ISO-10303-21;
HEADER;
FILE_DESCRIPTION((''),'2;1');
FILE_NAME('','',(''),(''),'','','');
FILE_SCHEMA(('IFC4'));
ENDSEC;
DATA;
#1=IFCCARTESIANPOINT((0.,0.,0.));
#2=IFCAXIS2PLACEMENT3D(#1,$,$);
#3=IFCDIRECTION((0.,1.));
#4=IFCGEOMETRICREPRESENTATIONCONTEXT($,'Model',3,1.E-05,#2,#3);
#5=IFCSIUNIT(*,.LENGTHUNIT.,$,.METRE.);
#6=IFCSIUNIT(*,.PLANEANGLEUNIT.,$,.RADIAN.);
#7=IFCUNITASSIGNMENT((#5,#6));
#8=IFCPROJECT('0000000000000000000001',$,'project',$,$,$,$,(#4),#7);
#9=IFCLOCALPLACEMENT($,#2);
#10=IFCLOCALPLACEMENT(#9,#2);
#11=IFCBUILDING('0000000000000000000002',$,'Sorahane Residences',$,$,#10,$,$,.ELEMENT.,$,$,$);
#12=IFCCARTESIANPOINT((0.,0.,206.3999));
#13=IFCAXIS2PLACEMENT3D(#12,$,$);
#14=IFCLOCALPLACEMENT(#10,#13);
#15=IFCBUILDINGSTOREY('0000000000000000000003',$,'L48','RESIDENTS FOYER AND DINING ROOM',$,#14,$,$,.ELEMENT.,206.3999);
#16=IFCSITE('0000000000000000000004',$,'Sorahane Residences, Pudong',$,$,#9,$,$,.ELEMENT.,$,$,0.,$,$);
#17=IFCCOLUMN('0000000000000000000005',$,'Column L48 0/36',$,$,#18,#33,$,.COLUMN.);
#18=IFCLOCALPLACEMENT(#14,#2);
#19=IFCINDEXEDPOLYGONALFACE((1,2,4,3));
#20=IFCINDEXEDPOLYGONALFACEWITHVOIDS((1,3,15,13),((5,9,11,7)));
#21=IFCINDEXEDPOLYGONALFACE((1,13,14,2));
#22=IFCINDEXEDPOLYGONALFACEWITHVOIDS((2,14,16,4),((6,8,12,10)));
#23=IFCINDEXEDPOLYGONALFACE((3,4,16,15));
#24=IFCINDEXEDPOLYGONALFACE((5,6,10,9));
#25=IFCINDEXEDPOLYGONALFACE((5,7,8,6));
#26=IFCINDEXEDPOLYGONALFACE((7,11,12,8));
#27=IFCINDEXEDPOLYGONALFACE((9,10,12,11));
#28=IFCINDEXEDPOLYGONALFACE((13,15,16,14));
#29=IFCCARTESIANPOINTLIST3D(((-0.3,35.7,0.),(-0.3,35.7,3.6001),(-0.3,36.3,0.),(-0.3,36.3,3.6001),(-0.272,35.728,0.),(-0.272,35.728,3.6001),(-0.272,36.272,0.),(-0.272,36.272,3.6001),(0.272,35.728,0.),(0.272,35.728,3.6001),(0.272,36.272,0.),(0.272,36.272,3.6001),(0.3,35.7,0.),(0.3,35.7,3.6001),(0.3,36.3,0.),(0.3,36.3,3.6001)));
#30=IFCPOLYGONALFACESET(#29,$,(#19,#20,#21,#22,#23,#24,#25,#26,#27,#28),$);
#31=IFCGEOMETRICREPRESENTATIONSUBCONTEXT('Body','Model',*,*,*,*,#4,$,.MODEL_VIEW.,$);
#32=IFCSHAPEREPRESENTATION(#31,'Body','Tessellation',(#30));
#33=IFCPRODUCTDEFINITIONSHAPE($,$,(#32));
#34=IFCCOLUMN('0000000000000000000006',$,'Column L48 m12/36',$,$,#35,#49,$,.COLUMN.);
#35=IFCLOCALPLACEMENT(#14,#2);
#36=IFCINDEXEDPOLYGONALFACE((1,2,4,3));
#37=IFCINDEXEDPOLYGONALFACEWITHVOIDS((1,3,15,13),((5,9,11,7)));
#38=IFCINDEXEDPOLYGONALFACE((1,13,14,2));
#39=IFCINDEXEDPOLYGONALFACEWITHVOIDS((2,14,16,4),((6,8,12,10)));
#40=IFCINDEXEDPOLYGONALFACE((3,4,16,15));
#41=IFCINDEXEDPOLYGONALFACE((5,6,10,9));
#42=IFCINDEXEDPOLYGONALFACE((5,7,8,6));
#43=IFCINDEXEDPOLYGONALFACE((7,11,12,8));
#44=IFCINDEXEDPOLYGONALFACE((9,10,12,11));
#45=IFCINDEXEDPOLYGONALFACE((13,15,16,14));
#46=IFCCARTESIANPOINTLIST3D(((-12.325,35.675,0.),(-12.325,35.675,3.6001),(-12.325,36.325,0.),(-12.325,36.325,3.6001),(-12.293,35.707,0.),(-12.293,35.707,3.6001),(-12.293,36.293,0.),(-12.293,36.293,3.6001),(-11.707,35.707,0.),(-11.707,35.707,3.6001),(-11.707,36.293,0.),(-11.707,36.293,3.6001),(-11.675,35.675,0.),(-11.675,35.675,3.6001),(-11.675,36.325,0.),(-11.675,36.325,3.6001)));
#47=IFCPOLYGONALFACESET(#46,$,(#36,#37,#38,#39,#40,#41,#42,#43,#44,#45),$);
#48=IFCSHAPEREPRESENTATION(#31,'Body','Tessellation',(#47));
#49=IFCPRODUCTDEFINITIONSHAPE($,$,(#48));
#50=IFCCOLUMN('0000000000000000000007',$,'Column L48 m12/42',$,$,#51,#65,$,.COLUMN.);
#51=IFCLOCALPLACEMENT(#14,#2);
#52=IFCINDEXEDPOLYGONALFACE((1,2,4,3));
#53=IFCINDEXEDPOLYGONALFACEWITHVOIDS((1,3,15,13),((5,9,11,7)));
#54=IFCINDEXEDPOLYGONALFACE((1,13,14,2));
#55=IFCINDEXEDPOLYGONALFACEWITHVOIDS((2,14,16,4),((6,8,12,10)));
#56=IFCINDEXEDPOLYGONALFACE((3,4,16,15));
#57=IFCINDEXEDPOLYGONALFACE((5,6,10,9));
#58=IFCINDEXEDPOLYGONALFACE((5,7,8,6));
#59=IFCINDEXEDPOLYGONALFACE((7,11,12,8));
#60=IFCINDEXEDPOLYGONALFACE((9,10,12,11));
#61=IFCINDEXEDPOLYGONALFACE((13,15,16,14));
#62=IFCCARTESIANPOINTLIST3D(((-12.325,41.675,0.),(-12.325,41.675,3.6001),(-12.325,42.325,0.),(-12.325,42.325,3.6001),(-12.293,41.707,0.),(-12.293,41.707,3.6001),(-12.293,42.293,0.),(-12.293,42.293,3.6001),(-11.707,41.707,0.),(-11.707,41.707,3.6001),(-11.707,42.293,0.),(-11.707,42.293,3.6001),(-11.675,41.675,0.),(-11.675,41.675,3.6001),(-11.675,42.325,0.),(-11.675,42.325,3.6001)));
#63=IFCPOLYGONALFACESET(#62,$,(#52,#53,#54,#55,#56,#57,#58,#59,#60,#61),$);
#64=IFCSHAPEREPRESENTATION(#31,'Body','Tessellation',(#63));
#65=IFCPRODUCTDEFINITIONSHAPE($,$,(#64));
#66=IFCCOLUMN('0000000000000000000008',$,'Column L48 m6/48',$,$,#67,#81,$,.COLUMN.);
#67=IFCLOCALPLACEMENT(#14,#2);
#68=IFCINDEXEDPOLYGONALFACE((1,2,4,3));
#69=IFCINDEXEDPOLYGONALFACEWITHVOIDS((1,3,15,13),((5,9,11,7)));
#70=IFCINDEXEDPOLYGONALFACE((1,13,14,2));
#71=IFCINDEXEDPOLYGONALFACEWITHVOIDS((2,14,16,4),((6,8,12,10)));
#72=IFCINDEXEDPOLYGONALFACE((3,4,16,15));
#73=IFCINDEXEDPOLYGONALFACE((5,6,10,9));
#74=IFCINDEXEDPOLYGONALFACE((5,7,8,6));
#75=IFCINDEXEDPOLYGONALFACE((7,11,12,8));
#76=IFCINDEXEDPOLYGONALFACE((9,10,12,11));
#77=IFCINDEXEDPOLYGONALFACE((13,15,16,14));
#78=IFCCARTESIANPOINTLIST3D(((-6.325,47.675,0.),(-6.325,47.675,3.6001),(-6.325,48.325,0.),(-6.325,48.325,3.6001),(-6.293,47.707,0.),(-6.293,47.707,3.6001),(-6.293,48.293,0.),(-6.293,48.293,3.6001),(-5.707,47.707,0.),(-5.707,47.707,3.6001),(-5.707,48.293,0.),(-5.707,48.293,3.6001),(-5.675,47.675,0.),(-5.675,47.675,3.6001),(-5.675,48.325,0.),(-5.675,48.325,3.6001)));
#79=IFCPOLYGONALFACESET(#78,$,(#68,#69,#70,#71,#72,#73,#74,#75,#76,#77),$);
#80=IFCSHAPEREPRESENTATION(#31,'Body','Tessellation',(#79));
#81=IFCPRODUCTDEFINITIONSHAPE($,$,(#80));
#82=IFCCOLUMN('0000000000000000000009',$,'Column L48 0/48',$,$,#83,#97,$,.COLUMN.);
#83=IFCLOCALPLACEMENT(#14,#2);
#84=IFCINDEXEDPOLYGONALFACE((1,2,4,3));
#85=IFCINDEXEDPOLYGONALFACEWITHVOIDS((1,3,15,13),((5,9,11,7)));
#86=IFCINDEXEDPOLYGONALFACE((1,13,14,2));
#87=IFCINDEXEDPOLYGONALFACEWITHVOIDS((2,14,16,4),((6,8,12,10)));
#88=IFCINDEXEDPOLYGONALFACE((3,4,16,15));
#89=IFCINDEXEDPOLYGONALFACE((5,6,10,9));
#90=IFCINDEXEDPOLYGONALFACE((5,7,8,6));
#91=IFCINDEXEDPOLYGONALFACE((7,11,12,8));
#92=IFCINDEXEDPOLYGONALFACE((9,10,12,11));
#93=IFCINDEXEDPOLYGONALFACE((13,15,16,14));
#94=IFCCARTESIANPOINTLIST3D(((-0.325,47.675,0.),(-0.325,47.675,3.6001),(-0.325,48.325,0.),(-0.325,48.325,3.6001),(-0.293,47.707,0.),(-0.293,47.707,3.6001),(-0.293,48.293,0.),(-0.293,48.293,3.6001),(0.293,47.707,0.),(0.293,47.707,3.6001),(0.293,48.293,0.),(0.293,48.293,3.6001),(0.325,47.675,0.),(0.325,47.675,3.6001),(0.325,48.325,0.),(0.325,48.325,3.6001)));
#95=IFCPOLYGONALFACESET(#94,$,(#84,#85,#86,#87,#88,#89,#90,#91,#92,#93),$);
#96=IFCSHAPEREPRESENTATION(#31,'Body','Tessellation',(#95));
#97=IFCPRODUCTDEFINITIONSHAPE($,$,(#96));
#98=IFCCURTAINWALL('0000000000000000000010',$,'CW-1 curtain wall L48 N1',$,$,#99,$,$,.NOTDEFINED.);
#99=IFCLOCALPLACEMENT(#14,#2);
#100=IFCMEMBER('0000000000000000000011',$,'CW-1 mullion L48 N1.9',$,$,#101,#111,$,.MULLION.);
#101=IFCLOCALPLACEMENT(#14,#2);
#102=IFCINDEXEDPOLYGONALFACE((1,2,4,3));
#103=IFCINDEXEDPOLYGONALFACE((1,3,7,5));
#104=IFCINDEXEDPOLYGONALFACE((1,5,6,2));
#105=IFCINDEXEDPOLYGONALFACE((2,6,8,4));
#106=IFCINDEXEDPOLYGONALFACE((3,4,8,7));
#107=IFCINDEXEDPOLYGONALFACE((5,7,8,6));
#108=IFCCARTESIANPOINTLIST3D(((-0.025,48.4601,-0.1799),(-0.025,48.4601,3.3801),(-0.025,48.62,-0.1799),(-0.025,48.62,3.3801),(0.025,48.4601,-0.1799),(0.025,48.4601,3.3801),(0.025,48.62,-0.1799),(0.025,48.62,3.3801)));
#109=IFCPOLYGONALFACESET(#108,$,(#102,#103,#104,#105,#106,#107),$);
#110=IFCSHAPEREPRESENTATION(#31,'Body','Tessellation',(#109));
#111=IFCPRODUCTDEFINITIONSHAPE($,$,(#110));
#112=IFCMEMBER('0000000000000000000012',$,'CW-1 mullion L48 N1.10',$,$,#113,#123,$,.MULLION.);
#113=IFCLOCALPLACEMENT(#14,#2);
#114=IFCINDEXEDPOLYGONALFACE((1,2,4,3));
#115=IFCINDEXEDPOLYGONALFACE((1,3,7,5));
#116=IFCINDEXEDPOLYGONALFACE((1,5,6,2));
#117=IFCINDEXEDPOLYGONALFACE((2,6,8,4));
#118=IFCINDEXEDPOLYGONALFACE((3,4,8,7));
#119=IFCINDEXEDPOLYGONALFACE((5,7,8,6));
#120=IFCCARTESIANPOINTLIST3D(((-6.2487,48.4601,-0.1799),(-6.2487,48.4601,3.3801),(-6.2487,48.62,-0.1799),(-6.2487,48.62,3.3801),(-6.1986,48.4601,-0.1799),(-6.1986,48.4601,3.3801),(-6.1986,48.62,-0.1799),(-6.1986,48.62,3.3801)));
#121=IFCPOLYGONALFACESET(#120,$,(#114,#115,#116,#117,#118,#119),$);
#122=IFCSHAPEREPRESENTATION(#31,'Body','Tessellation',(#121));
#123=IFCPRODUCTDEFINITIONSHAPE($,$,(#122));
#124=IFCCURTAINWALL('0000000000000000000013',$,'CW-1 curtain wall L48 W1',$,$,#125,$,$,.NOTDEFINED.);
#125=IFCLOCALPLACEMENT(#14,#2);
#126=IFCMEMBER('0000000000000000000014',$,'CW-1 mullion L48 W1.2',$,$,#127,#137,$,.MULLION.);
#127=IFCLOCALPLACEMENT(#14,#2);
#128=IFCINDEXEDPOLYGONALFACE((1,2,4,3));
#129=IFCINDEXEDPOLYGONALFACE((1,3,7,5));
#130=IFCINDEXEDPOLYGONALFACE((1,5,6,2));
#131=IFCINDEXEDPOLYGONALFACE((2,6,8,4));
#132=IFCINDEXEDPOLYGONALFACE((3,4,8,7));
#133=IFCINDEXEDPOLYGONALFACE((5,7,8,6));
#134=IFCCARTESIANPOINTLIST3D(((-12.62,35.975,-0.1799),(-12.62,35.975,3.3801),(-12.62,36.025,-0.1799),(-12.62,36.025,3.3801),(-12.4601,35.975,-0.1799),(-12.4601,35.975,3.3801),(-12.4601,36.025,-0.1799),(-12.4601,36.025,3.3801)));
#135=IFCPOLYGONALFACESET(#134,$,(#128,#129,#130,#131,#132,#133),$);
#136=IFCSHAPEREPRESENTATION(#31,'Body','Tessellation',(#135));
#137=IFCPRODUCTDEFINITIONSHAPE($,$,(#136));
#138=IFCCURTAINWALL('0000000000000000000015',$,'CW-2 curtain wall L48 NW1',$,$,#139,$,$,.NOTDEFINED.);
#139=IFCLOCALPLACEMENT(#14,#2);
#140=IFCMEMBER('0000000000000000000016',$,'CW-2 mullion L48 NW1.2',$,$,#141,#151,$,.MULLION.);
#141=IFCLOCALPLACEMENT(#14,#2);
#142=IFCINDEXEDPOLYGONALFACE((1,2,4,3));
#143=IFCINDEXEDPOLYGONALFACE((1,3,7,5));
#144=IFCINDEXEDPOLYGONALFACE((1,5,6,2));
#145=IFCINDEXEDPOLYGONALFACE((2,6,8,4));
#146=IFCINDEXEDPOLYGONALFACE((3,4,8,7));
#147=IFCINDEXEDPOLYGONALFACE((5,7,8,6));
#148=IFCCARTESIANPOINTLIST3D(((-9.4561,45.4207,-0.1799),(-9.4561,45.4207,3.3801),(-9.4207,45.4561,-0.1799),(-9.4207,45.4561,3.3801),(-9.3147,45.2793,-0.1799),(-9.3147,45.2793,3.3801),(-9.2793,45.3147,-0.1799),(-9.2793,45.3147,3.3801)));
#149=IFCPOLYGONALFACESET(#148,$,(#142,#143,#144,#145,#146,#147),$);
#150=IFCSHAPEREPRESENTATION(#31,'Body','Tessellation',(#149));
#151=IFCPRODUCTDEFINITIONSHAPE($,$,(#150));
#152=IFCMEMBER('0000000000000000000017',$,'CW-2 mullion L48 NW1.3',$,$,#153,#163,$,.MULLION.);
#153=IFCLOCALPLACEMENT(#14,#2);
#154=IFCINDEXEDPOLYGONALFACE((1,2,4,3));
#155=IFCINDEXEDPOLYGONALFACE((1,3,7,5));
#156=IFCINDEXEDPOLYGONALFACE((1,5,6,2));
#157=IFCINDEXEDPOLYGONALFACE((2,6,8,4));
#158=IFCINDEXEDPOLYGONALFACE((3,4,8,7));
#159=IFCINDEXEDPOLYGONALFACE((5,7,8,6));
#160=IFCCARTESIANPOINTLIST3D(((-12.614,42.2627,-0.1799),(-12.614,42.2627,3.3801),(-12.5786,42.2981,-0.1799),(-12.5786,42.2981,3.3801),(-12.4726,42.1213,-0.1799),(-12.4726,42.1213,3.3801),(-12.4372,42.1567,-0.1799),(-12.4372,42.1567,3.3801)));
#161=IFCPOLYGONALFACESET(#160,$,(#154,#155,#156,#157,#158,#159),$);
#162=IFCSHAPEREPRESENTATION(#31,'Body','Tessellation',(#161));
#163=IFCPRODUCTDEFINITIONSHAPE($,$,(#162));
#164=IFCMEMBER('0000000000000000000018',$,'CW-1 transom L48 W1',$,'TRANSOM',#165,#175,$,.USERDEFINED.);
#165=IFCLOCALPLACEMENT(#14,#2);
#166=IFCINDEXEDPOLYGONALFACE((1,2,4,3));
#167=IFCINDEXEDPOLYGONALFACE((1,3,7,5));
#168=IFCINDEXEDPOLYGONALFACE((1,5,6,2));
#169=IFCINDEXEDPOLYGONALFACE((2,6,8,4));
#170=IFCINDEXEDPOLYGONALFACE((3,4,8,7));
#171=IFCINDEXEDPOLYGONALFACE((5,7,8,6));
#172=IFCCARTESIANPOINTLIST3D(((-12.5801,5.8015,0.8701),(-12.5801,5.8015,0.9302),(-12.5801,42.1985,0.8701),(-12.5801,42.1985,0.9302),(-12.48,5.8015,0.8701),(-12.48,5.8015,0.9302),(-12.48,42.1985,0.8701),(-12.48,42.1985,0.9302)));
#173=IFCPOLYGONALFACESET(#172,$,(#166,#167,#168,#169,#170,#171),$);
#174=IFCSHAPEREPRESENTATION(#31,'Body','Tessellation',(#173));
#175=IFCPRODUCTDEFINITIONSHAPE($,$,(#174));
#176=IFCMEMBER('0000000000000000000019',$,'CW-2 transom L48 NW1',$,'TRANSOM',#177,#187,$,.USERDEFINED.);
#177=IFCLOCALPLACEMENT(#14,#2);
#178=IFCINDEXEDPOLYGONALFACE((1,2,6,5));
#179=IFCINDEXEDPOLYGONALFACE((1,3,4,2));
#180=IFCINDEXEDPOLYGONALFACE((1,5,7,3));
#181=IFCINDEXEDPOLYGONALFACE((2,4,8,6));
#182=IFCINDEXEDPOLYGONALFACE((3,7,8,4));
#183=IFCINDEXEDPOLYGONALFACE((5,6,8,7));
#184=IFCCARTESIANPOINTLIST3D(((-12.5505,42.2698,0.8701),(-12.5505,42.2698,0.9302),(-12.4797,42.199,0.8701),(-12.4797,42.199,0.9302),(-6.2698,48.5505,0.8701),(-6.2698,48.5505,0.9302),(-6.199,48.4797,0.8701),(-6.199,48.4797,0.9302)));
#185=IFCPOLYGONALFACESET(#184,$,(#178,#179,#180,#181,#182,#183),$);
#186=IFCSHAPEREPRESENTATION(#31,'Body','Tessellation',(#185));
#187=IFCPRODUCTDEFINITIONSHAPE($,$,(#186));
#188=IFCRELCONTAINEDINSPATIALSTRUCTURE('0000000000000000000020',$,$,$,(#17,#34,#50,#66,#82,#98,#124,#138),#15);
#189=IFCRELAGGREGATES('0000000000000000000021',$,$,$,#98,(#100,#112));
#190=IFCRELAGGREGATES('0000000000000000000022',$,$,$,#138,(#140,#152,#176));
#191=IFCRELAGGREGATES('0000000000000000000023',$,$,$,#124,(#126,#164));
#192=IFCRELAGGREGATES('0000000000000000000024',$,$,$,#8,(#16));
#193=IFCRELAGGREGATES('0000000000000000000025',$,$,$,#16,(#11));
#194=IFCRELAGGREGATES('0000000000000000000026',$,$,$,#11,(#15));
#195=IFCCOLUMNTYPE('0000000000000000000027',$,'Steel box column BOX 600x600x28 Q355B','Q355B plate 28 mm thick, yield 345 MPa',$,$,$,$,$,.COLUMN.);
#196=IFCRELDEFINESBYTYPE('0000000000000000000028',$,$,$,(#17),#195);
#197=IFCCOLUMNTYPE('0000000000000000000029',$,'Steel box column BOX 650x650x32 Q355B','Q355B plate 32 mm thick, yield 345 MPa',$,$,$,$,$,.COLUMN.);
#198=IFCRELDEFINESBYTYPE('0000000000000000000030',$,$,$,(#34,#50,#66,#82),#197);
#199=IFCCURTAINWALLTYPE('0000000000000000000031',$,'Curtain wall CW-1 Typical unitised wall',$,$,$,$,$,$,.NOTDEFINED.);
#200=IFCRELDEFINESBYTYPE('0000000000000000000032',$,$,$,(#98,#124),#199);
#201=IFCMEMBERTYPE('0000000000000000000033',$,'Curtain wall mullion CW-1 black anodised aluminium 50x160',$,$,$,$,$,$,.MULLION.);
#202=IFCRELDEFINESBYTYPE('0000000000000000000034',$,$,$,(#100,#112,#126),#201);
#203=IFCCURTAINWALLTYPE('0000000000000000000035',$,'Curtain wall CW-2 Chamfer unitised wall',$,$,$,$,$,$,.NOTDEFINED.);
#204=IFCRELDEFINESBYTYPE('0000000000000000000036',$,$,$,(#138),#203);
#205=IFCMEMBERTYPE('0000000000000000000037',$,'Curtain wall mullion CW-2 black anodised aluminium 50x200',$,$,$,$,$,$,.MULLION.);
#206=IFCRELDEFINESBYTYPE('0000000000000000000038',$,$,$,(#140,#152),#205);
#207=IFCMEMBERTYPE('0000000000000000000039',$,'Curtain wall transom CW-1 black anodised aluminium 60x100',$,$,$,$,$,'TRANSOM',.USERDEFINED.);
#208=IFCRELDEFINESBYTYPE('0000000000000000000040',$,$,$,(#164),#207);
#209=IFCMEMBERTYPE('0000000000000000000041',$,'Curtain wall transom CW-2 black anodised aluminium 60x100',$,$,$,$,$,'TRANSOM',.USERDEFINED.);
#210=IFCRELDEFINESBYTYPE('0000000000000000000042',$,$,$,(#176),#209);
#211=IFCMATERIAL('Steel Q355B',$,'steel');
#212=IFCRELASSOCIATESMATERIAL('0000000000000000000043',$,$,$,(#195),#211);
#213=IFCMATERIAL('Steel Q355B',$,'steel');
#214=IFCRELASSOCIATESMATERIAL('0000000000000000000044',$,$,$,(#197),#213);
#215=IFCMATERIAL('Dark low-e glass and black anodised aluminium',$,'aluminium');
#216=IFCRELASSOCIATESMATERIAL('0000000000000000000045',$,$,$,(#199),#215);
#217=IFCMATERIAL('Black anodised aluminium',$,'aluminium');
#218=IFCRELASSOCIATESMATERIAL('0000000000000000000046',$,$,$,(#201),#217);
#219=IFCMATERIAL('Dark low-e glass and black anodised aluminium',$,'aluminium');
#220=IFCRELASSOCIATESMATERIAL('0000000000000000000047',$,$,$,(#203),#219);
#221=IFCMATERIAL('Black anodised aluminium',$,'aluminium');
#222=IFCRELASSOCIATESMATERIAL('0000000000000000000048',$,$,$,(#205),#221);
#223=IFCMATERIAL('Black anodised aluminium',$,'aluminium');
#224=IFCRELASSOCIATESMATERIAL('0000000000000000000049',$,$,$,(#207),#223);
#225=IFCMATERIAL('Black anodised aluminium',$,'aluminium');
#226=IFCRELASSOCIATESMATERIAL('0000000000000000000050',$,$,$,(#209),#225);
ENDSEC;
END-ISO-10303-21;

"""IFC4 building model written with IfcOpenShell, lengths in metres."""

from ifc_helpers import new_model, si_unit, direction, frame, origin, origin_2d, place, context, subcontext, project, spatial, rectangle, hollow_rectangle, extrude, material, material_profile, profile_set, type_object, element, aggregate, save


model = new_model("IFC4")

# Units and contexts
model_context = context("Model", 3, precision=1e-05, world=origin(), true_north=direction((0.0, 1.0)))
body_context = subcontext(model_context, "Body", "Model", "MODEL_VIEW")
ifc_project = project(units=[si_unit("LENGTHUNIT", "METRE"), si_unit("PLANEANGLEUNIT", "RADIAN")], contexts=[model_context])

# Site, building, storey
site_placement = place(None, origin())
site = spatial("IfcSite", under=ifc_project, at=site_placement, Name="Sorahane Residences, Pudong", CompositionType="ELEMENT", RefElevation=0.0)
building_placement = place(site_placement, origin())
building = spatial("IfcBuilding", under=site, at=building_placement, Name="Sorahane Residences", CompositionType="ELEMENT")
storey_placement = place(building_placement, frame((0.0, 0.0, 206.3999)))
storey = spatial("IfcBuildingStorey", under=building, at=storey_placement, Name="L48", Description="RESIDENTS FOYER AND DINING ROOM", CompositionType="ELEMENT", Elevation=206.3999)

# Columns
ifc_material_1 = material(Name="Steel Q355B", Category="steel")
ifc_material_profile_1 = material_profile(ifc_material_1, hollow_rectangle(XDim=0.6001, YDim=0.6001, WallThickness=0.0281, at=origin_2d()), Name="BOX 600x600x28")
ifc_profile_set_1 = profile_set([ifc_material_profile_1], Name="Steel Q355B")
column_type_1 = type_object("IfcColumnType", Name="Steel box column BOX 600x600x28 Q355B", Description="Q355B plate 28 mm thick, yield 345 MPa", PredefinedType="COLUMN", material=ifc_profile_set_1)
column_placement = place(storey_placement, frame((0.0, 36.0, 0.0), z_axis=(0.0, 0.0, 1.0), x_axis=(1.0, 0.0, 0.0)))
element("IfcColumn", 1, at=column_placement, inside=storey, type_object=column_type_1, Name="Column L48 0/36", PredefinedType="COLUMN", context=body_context, shape_type="SweptSolid", body=[
    extrude(hollow_rectangle(XDim=0.6001, YDim=0.6001, WallThickness=0.0281, at=origin_2d()), origin(), (0.0, 0.0, 1.0), 3.6001),
])
ifc_material_2 = material(Name="Steel Q355B", Category="steel")
ifc_material_profile_2 = material_profile(ifc_material_2, hollow_rectangle(XDim=0.6499, YDim=0.6499, WallThickness=0.032, at=origin_2d()), Name="BOX 650x650x32")
ifc_profile_set_2 = profile_set([ifc_material_profile_2], Name="Steel Q355B")
column_type_2 = type_object("IfcColumnType", Name="Steel box column BOX 650x650x32 Q355B", Description="Q355B plate 32 mm thick, yield 345 MPa", PredefinedType="COLUMN", material=ifc_profile_set_2)
for number, where, z_axis, x_axis, name in (
    (2, (-12.0, 36.0, 0.0), (0.0, 0.0, 1.0), (1.0, 0.0, 0.0), "Column L48 m12/36"),
    (3, (-12.0, 42.0, 0.0), (0.0, 0.0, 1.0), (1.0, 0.0, 0.0), "Column L48 m12/42"),
    (4, (-6.0, 48.0, 0.0), (0.0, 0.0, 1.0), (1.0, 0.0, 0.0), "Column L48 m6/48"),
    (5, (0.0, 48.0, 0.0), (0.0, 0.0, 1.0), (1.0, 0.0, 0.0), "Column L48 0/48"),
):
    element("IfcColumn", number, at=place(storey_placement, frame(where, z_axis=z_axis, x_axis=x_axis)), inside=storey, type_object=column_type_2, Name=name, PredefinedType="COLUMN", context=body_context, shape_type="SweptSolid", body=[
        extrude(hollow_rectangle(XDim=0.6499, YDim=0.6499, WallThickness=0.032, at=origin_2d()), origin(), (0.0, 0.0, 1.0), 3.6001),
    ])

# Curtain wall, members
ifc_material_3 = material(Name="Dark low-e glass and black anodised aluminium", Category="aluminium")
curtain_wall_type_1 = type_object("IfcCurtainWallType", Name="Curtain wall CW-1 Typical unitised wall", PredefinedType="NOTDEFINED", material=ifc_material_3)
curtain_wall_1_placement = place(storey_placement, origin())
curtain_wall_1 = element("IfcCurtainWall", 6, at=curtain_wall_1_placement, inside=storey, type_object=curtain_wall_type_1, Name="CW-1 curtain wall L48 N1", PredefinedType="NOTDEFINED")
ifc_material_4 = material(Name="Black anodised aluminium", Category="aluminium")
ifc_material_profile_3 = material_profile(ifc_material_4, rectangle(XDim=0.1599, YDim=0.05, at=origin_2d()), Name="Curtain wall mullion CW-1 black anodised aluminium 50x160")
ifc_profile_set_3 = profile_set([ifc_material_profile_3], Name="Black anodised aluminium")
member_type_1 = type_object("IfcMemberType", Name="Curtain wall mullion CW-1 black anodised aluminium 50x160", PredefinedType="MULLION", material=ifc_profile_set_3)
member_1_placement = place(storey_placement, frame((0.0, 48.54, -0.1799), z_axis=(0.0, 0.0, 1.0), x_axis=(0.0, 1.0, 0.0)))
member_1 = element("IfcMember", 7, at=member_1_placement, type_object=member_type_1, Name="CW-1 mullion L48 N1.9", PredefinedType="MULLION", context=body_context, shape_type="SweptSolid", body=[
    extrude(rectangle(XDim=0.1599, YDim=0.05, at=origin_2d()), origin(), (0.0, 0.0, 1.0), 3.5601),
])
member_2_placement = place(storey_placement, frame((-6.2236, 48.54, -0.1799), z_axis=(0.0, 0.0, 1.0), x_axis=(0.0, 1.0, 0.0)))
member_2 = element("IfcMember", 8, at=member_2_placement, type_object=member_type_1, Name="CW-1 mullion L48 N1.10", PredefinedType="MULLION", context=body_context, shape_type="SweptSolid", body=[
    extrude(rectangle(XDim=0.1599, YDim=0.05, at=origin_2d()), origin(), (0.0, 0.0, 1.0), 3.5601),
])

# Curtain wall, member
curtain_wall_2_placement = place(storey_placement, origin())
curtain_wall_2 = element("IfcCurtainWall", 9, at=curtain_wall_2_placement, inside=storey, type_object=curtain_wall_type_1, Name="CW-1 curtain wall L48 W1", PredefinedType="NOTDEFINED")
member_3_placement = place(storey_placement, frame((-12.54, 36.0, -0.1799), z_axis=(0.0, 0.0, 1.0), x_axis=(-1.0, 0.0, 0.0)))
member_3 = element("IfcMember", 10, at=member_3_placement, type_object=member_type_1, Name="CW-1 mullion L48 W1.2", PredefinedType="MULLION", context=body_context, shape_type="SweptSolid", body=[
    extrude(rectangle(XDim=0.1599, YDim=0.05, at=origin_2d()), origin(), (0.0, 0.0, 1.0), 3.5601),
])

# Curtain wall, members
ifc_material_5 = material(Name="Dark low-e glass and black anodised aluminium", Category="aluminium")
curtain_wall_type_2 = type_object("IfcCurtainWallType", Name="Curtain wall CW-2 Chamfer unitised wall", PredefinedType="NOTDEFINED", material=ifc_material_5)
curtain_wall_3_placement = place(storey_placement, origin())
curtain_wall_3 = element("IfcCurtainWall", 11, at=curtain_wall_3_placement, inside=storey, type_object=curtain_wall_type_2, Name="CW-2 curtain wall L48 NW1", PredefinedType="NOTDEFINED")
ifc_material_6 = material(Name="Black anodised aluminium", Category="aluminium")
ifc_material_profile_4 = material_profile(ifc_material_6, rectangle(XDim=0.2, YDim=0.05, at=origin_2d()), Name="Curtain wall mullion CW-2 black anodised aluminium 50x200")
ifc_profile_set_4 = profile_set([ifc_material_profile_4], Name="Black anodised aluminium")
member_type_2 = type_object("IfcMemberType", Name="Curtain wall mullion CW-2 black anodised aluminium 50x200", PredefinedType="MULLION", material=ifc_profile_set_4)
member_4_placement = place(storey_placement, frame((-9.3677, 45.3677, -0.1799), z_axis=(0.0, 0.0, 1.0), x_axis=(-0.707107, 0.707107, 0.0)))
member_4 = element("IfcMember", 12, at=member_4_placement, type_object=member_type_2, Name="CW-2 mullion L48 NW1.2", PredefinedType="MULLION", context=body_context, shape_type="SweptSolid", body=[
    extrude(rectangle(XDim=0.2, YDim=0.05, at=origin_2d()), origin(), (0.0, 0.0, 1.0), 3.5601),
])
member_5_placement = place(storey_placement, frame((-12.5256, 42.2097, -0.1799), z_axis=(0.0, 0.0, 1.0), x_axis=(-0.707107, 0.707107, 0.0)))
member_5 = element("IfcMember", 13, at=member_5_placement, type_object=member_type_2, Name="CW-2 mullion L48 NW1.3", PredefinedType="MULLION", context=body_context, shape_type="SweptSolid", body=[
    extrude(rectangle(XDim=0.2, YDim=0.05, at=origin_2d()), origin(), (0.0, 0.0, 1.0), 3.5601),
])

# Members
ifc_material_7 = material(Name="Black anodised aluminium", Category="aluminium")
ifc_material_profile_5 = material_profile(ifc_material_7, rectangle(XDim=0.1001, YDim=0.0601, at=origin_2d()), Name="Curtain wall transom CW-1 black anodised aluminium 60x100")
ifc_profile_set_5 = profile_set([ifc_material_profile_5], Name="Black anodised aluminium")
member_type_3 = type_object("IfcMemberType", Name="Curtain wall transom CW-1 black anodised aluminium 60x100", ElementType="TRANSOM", PredefinedType="USERDEFINED", material=ifc_profile_set_5)
member_6_placement = place(storey_placement, frame((-12.53, 42.1985, 0.9001), z_axis=(0.0, -1.0, 0.0), x_axis=(1.0, 0.0, 0.0)))
member_6 = element("IfcMember", 14, at=member_6_placement, type_object=member_type_3, Name="CW-1 transom L48 W1", ObjectType="TRANSOM", PredefinedType="USERDEFINED", context=body_context, shape_type="SweptSolid", body=[
    extrude(rectangle(XDim=0.1001, YDim=0.0601, at=origin_2d()), origin(), (0.0, 0.0, 1.0), 36.397),
])
ifc_material_8 = material(Name="Black anodised aluminium", Category="aluminium")
ifc_material_profile_6 = material_profile(ifc_material_8, rectangle(XDim=0.1001, YDim=0.0601, at=origin_2d()), Name="Curtain wall transom CW-2 black anodised aluminium 60x100")
ifc_profile_set_6 = profile_set([ifc_material_profile_6], Name="Black anodised aluminium")
member_type_4 = type_object("IfcMemberType", Name="Curtain wall transom CW-2 black anodised aluminium 60x100", ElementType="TRANSOM", PredefinedType="USERDEFINED", material=ifc_profile_set_6)
member_7_placement = place(storey_placement, frame((-6.2344, 48.5151, 0.9001), z_axis=(-0.707107, -0.707107, 0.0), x_axis=(0.707107, -0.707107, 0.0)))
member_7 = element("IfcMember", 15, at=member_7_placement, type_object=member_type_4, Name="CW-2 transom L48 NW1", ObjectType="TRANSOM", PredefinedType="USERDEFINED", context=body_context, shape_type="SweptSolid", body=[
    extrude(rectangle(XDim=0.1001, YDim=0.0601, at=origin_2d()), origin(), (0.0, 0.0, 1.0), 8.8823),
])

aggregate(curtain_wall_1, [member_1, member_2])
aggregate(curtain_wall_3, [member_4, member_5, member_7])
aggregate(curtain_wall_2, [member_3, member_6])

save(model, "model.ifc")
